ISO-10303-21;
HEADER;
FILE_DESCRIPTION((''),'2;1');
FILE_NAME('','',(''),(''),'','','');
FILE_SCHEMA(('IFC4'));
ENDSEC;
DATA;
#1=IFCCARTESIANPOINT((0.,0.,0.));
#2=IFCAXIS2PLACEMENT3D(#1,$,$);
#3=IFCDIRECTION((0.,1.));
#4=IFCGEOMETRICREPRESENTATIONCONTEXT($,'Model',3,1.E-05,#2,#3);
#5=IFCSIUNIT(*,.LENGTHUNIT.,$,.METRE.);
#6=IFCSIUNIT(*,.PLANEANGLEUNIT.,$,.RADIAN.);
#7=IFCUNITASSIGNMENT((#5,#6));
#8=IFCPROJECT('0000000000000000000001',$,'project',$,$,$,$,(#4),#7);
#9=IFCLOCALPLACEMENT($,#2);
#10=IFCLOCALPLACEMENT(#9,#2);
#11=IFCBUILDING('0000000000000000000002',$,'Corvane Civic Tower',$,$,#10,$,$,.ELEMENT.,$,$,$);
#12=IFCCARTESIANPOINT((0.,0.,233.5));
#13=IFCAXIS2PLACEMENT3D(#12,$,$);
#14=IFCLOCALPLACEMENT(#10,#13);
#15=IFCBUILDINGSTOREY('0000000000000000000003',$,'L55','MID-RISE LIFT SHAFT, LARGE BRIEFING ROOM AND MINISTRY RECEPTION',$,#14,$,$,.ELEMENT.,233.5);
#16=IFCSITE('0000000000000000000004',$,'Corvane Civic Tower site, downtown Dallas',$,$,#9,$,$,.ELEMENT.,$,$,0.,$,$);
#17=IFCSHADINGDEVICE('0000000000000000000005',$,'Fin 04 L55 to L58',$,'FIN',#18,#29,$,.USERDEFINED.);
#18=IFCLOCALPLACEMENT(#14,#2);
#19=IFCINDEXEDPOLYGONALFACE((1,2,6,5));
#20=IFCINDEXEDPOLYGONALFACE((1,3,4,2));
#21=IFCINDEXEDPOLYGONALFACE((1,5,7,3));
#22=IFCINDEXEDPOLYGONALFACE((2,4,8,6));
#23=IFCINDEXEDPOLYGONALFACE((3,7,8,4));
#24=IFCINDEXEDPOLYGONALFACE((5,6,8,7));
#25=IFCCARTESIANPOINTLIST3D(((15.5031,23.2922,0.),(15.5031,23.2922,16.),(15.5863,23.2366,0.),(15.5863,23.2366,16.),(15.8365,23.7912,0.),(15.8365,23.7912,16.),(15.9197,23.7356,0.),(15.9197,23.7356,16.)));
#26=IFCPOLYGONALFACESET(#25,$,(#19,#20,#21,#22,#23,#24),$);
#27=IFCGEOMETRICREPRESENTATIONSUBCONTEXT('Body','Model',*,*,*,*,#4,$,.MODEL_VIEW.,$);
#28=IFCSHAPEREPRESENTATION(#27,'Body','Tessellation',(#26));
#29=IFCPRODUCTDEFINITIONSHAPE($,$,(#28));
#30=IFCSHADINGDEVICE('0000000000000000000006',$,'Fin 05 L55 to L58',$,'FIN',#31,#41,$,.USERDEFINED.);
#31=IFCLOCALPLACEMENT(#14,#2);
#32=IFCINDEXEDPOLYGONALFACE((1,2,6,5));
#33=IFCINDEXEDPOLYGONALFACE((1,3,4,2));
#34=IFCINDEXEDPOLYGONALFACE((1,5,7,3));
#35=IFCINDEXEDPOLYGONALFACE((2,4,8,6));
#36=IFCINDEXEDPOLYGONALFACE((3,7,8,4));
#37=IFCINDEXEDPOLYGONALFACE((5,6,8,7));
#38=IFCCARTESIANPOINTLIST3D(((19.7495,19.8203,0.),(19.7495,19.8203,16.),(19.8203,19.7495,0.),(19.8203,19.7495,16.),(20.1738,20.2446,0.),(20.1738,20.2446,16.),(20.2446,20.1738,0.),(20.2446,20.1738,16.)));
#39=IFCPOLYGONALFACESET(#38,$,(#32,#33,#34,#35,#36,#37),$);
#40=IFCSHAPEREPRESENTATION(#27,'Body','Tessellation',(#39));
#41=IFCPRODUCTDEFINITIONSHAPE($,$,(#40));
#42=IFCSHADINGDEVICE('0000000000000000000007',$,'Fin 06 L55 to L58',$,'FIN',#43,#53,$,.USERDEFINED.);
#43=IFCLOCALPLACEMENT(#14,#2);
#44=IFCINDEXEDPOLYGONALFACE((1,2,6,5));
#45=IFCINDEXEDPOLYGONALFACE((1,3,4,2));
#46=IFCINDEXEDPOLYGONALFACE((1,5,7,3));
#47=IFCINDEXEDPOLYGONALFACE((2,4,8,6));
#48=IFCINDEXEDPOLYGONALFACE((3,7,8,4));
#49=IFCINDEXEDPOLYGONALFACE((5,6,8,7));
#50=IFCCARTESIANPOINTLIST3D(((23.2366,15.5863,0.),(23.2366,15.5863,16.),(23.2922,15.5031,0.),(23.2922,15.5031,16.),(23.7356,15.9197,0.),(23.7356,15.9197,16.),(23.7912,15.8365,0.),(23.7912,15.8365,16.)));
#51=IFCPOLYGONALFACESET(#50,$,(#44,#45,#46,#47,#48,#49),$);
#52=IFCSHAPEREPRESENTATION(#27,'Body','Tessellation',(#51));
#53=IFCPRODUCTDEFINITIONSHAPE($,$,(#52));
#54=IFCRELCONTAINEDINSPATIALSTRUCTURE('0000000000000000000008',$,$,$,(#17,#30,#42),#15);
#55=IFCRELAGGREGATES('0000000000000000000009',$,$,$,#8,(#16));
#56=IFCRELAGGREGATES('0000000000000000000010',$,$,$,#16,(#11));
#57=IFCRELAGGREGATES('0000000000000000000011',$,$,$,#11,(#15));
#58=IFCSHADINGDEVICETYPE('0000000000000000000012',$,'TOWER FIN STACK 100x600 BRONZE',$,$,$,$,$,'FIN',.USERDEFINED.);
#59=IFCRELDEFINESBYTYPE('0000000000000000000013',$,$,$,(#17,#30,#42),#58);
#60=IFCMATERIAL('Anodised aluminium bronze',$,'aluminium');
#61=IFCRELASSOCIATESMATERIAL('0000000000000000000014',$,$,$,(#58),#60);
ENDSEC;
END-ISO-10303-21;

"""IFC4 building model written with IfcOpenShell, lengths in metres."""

from ifc_helpers import new_model, si_unit, direction, frame, origin, origin_2d, place, context, subcontext, project, spatial, rectangle, extrude, material, material_profile, profile_set, type_object, element, save


model = new_model("IFC4")

# Units and contexts
model_context = context("Model", 3, precision=1e-05, world=origin(), true_north=direction((0.0, 1.0)))
body_context = subcontext(model_context, "Body", "Model", "MODEL_VIEW")
ifc_project = project(units=[si_unit("LENGTHUNIT", "METRE"), si_unit("PLANEANGLEUNIT", "RADIAN")], contexts=[model_context])

# Site, building, storey
site_placement = place(None, origin())
site = spatial("IfcSite", under=ifc_project, at=site_placement, Name="Corvane Civic Tower site, downtown Dallas", CompositionType="ELEMENT", RefElevation=0.0)
building_placement = place(site_placement, origin())
building = spatial("IfcBuilding", under=site, at=building_placement, Name="Corvane Civic Tower", CompositionType="ELEMENT")
storey_placement = place(building_placement, frame((0.0, 0.0, 233.5)))
storey = spatial("IfcBuildingStorey", under=building, at=storey_placement, Name="L55", Description="MID-RISE LIFT SHAFT, LARGE BRIEFING ROOM AND MINISTRY RECEPTION", CompositionType="ELEMENT", Elevation=233.5)

# Shading devices
ifc_material_1 = material(Name="Anodised aluminium bronze", Category="aluminium")
ifc_material_profile_1 = material_profile(ifc_material_1, rectangle(XDim=0.1001, YDim=0.6001, at=origin_2d()), Name="TOWER FIN STACK 100x600 BRONZE")
ifc_profile_set_1 = profile_set([ifc_material_profile_1], Name="Anodised aluminium bronze")
shading_device_type = type_object("IfcShadingDeviceType", Name="TOWER FIN STACK 100x600 BRONZE", ElementType="FIN", PredefinedType="USERDEFINED", material=ifc_profile_set_1)
for number, where, z_axis, x_axis, name in (
    (1, (15.7114, 23.5139, 0.0), (0.0, 0.0, 1.0), (0.83147, -0.55557, 0.0), "Fin 04 L55 to L58"),
    (2, (19.9971, 19.9971, 0.0), (0.0, 0.0, 1.0), (0.707107, -0.707107, 0.0), "Fin 05 L55 to L58"),
    (3, (23.5139, 15.7114, 0.0), (0.0, 0.0, 1.0), (0.55557, -0.83147, 0.0), "Fin 06 L55 to L58"),
):
    element("IfcShadingDevice", number, at=place(storey_placement, frame(where, z_axis=z_axis, x_axis=x_axis)), inside=storey, type_object=shading_device_type, Name=name, ObjectType="FIN", PredefinedType="USERDEFINED", context=body_context, shape_type="SweptSolid", body=[
        extrude(rectangle(XDim=0.1001, YDim=0.6001, at=origin_2d()), origin(), (0.0, 0.0, 1.0), 16.0),
    ])

save(model, "model.ifc")
